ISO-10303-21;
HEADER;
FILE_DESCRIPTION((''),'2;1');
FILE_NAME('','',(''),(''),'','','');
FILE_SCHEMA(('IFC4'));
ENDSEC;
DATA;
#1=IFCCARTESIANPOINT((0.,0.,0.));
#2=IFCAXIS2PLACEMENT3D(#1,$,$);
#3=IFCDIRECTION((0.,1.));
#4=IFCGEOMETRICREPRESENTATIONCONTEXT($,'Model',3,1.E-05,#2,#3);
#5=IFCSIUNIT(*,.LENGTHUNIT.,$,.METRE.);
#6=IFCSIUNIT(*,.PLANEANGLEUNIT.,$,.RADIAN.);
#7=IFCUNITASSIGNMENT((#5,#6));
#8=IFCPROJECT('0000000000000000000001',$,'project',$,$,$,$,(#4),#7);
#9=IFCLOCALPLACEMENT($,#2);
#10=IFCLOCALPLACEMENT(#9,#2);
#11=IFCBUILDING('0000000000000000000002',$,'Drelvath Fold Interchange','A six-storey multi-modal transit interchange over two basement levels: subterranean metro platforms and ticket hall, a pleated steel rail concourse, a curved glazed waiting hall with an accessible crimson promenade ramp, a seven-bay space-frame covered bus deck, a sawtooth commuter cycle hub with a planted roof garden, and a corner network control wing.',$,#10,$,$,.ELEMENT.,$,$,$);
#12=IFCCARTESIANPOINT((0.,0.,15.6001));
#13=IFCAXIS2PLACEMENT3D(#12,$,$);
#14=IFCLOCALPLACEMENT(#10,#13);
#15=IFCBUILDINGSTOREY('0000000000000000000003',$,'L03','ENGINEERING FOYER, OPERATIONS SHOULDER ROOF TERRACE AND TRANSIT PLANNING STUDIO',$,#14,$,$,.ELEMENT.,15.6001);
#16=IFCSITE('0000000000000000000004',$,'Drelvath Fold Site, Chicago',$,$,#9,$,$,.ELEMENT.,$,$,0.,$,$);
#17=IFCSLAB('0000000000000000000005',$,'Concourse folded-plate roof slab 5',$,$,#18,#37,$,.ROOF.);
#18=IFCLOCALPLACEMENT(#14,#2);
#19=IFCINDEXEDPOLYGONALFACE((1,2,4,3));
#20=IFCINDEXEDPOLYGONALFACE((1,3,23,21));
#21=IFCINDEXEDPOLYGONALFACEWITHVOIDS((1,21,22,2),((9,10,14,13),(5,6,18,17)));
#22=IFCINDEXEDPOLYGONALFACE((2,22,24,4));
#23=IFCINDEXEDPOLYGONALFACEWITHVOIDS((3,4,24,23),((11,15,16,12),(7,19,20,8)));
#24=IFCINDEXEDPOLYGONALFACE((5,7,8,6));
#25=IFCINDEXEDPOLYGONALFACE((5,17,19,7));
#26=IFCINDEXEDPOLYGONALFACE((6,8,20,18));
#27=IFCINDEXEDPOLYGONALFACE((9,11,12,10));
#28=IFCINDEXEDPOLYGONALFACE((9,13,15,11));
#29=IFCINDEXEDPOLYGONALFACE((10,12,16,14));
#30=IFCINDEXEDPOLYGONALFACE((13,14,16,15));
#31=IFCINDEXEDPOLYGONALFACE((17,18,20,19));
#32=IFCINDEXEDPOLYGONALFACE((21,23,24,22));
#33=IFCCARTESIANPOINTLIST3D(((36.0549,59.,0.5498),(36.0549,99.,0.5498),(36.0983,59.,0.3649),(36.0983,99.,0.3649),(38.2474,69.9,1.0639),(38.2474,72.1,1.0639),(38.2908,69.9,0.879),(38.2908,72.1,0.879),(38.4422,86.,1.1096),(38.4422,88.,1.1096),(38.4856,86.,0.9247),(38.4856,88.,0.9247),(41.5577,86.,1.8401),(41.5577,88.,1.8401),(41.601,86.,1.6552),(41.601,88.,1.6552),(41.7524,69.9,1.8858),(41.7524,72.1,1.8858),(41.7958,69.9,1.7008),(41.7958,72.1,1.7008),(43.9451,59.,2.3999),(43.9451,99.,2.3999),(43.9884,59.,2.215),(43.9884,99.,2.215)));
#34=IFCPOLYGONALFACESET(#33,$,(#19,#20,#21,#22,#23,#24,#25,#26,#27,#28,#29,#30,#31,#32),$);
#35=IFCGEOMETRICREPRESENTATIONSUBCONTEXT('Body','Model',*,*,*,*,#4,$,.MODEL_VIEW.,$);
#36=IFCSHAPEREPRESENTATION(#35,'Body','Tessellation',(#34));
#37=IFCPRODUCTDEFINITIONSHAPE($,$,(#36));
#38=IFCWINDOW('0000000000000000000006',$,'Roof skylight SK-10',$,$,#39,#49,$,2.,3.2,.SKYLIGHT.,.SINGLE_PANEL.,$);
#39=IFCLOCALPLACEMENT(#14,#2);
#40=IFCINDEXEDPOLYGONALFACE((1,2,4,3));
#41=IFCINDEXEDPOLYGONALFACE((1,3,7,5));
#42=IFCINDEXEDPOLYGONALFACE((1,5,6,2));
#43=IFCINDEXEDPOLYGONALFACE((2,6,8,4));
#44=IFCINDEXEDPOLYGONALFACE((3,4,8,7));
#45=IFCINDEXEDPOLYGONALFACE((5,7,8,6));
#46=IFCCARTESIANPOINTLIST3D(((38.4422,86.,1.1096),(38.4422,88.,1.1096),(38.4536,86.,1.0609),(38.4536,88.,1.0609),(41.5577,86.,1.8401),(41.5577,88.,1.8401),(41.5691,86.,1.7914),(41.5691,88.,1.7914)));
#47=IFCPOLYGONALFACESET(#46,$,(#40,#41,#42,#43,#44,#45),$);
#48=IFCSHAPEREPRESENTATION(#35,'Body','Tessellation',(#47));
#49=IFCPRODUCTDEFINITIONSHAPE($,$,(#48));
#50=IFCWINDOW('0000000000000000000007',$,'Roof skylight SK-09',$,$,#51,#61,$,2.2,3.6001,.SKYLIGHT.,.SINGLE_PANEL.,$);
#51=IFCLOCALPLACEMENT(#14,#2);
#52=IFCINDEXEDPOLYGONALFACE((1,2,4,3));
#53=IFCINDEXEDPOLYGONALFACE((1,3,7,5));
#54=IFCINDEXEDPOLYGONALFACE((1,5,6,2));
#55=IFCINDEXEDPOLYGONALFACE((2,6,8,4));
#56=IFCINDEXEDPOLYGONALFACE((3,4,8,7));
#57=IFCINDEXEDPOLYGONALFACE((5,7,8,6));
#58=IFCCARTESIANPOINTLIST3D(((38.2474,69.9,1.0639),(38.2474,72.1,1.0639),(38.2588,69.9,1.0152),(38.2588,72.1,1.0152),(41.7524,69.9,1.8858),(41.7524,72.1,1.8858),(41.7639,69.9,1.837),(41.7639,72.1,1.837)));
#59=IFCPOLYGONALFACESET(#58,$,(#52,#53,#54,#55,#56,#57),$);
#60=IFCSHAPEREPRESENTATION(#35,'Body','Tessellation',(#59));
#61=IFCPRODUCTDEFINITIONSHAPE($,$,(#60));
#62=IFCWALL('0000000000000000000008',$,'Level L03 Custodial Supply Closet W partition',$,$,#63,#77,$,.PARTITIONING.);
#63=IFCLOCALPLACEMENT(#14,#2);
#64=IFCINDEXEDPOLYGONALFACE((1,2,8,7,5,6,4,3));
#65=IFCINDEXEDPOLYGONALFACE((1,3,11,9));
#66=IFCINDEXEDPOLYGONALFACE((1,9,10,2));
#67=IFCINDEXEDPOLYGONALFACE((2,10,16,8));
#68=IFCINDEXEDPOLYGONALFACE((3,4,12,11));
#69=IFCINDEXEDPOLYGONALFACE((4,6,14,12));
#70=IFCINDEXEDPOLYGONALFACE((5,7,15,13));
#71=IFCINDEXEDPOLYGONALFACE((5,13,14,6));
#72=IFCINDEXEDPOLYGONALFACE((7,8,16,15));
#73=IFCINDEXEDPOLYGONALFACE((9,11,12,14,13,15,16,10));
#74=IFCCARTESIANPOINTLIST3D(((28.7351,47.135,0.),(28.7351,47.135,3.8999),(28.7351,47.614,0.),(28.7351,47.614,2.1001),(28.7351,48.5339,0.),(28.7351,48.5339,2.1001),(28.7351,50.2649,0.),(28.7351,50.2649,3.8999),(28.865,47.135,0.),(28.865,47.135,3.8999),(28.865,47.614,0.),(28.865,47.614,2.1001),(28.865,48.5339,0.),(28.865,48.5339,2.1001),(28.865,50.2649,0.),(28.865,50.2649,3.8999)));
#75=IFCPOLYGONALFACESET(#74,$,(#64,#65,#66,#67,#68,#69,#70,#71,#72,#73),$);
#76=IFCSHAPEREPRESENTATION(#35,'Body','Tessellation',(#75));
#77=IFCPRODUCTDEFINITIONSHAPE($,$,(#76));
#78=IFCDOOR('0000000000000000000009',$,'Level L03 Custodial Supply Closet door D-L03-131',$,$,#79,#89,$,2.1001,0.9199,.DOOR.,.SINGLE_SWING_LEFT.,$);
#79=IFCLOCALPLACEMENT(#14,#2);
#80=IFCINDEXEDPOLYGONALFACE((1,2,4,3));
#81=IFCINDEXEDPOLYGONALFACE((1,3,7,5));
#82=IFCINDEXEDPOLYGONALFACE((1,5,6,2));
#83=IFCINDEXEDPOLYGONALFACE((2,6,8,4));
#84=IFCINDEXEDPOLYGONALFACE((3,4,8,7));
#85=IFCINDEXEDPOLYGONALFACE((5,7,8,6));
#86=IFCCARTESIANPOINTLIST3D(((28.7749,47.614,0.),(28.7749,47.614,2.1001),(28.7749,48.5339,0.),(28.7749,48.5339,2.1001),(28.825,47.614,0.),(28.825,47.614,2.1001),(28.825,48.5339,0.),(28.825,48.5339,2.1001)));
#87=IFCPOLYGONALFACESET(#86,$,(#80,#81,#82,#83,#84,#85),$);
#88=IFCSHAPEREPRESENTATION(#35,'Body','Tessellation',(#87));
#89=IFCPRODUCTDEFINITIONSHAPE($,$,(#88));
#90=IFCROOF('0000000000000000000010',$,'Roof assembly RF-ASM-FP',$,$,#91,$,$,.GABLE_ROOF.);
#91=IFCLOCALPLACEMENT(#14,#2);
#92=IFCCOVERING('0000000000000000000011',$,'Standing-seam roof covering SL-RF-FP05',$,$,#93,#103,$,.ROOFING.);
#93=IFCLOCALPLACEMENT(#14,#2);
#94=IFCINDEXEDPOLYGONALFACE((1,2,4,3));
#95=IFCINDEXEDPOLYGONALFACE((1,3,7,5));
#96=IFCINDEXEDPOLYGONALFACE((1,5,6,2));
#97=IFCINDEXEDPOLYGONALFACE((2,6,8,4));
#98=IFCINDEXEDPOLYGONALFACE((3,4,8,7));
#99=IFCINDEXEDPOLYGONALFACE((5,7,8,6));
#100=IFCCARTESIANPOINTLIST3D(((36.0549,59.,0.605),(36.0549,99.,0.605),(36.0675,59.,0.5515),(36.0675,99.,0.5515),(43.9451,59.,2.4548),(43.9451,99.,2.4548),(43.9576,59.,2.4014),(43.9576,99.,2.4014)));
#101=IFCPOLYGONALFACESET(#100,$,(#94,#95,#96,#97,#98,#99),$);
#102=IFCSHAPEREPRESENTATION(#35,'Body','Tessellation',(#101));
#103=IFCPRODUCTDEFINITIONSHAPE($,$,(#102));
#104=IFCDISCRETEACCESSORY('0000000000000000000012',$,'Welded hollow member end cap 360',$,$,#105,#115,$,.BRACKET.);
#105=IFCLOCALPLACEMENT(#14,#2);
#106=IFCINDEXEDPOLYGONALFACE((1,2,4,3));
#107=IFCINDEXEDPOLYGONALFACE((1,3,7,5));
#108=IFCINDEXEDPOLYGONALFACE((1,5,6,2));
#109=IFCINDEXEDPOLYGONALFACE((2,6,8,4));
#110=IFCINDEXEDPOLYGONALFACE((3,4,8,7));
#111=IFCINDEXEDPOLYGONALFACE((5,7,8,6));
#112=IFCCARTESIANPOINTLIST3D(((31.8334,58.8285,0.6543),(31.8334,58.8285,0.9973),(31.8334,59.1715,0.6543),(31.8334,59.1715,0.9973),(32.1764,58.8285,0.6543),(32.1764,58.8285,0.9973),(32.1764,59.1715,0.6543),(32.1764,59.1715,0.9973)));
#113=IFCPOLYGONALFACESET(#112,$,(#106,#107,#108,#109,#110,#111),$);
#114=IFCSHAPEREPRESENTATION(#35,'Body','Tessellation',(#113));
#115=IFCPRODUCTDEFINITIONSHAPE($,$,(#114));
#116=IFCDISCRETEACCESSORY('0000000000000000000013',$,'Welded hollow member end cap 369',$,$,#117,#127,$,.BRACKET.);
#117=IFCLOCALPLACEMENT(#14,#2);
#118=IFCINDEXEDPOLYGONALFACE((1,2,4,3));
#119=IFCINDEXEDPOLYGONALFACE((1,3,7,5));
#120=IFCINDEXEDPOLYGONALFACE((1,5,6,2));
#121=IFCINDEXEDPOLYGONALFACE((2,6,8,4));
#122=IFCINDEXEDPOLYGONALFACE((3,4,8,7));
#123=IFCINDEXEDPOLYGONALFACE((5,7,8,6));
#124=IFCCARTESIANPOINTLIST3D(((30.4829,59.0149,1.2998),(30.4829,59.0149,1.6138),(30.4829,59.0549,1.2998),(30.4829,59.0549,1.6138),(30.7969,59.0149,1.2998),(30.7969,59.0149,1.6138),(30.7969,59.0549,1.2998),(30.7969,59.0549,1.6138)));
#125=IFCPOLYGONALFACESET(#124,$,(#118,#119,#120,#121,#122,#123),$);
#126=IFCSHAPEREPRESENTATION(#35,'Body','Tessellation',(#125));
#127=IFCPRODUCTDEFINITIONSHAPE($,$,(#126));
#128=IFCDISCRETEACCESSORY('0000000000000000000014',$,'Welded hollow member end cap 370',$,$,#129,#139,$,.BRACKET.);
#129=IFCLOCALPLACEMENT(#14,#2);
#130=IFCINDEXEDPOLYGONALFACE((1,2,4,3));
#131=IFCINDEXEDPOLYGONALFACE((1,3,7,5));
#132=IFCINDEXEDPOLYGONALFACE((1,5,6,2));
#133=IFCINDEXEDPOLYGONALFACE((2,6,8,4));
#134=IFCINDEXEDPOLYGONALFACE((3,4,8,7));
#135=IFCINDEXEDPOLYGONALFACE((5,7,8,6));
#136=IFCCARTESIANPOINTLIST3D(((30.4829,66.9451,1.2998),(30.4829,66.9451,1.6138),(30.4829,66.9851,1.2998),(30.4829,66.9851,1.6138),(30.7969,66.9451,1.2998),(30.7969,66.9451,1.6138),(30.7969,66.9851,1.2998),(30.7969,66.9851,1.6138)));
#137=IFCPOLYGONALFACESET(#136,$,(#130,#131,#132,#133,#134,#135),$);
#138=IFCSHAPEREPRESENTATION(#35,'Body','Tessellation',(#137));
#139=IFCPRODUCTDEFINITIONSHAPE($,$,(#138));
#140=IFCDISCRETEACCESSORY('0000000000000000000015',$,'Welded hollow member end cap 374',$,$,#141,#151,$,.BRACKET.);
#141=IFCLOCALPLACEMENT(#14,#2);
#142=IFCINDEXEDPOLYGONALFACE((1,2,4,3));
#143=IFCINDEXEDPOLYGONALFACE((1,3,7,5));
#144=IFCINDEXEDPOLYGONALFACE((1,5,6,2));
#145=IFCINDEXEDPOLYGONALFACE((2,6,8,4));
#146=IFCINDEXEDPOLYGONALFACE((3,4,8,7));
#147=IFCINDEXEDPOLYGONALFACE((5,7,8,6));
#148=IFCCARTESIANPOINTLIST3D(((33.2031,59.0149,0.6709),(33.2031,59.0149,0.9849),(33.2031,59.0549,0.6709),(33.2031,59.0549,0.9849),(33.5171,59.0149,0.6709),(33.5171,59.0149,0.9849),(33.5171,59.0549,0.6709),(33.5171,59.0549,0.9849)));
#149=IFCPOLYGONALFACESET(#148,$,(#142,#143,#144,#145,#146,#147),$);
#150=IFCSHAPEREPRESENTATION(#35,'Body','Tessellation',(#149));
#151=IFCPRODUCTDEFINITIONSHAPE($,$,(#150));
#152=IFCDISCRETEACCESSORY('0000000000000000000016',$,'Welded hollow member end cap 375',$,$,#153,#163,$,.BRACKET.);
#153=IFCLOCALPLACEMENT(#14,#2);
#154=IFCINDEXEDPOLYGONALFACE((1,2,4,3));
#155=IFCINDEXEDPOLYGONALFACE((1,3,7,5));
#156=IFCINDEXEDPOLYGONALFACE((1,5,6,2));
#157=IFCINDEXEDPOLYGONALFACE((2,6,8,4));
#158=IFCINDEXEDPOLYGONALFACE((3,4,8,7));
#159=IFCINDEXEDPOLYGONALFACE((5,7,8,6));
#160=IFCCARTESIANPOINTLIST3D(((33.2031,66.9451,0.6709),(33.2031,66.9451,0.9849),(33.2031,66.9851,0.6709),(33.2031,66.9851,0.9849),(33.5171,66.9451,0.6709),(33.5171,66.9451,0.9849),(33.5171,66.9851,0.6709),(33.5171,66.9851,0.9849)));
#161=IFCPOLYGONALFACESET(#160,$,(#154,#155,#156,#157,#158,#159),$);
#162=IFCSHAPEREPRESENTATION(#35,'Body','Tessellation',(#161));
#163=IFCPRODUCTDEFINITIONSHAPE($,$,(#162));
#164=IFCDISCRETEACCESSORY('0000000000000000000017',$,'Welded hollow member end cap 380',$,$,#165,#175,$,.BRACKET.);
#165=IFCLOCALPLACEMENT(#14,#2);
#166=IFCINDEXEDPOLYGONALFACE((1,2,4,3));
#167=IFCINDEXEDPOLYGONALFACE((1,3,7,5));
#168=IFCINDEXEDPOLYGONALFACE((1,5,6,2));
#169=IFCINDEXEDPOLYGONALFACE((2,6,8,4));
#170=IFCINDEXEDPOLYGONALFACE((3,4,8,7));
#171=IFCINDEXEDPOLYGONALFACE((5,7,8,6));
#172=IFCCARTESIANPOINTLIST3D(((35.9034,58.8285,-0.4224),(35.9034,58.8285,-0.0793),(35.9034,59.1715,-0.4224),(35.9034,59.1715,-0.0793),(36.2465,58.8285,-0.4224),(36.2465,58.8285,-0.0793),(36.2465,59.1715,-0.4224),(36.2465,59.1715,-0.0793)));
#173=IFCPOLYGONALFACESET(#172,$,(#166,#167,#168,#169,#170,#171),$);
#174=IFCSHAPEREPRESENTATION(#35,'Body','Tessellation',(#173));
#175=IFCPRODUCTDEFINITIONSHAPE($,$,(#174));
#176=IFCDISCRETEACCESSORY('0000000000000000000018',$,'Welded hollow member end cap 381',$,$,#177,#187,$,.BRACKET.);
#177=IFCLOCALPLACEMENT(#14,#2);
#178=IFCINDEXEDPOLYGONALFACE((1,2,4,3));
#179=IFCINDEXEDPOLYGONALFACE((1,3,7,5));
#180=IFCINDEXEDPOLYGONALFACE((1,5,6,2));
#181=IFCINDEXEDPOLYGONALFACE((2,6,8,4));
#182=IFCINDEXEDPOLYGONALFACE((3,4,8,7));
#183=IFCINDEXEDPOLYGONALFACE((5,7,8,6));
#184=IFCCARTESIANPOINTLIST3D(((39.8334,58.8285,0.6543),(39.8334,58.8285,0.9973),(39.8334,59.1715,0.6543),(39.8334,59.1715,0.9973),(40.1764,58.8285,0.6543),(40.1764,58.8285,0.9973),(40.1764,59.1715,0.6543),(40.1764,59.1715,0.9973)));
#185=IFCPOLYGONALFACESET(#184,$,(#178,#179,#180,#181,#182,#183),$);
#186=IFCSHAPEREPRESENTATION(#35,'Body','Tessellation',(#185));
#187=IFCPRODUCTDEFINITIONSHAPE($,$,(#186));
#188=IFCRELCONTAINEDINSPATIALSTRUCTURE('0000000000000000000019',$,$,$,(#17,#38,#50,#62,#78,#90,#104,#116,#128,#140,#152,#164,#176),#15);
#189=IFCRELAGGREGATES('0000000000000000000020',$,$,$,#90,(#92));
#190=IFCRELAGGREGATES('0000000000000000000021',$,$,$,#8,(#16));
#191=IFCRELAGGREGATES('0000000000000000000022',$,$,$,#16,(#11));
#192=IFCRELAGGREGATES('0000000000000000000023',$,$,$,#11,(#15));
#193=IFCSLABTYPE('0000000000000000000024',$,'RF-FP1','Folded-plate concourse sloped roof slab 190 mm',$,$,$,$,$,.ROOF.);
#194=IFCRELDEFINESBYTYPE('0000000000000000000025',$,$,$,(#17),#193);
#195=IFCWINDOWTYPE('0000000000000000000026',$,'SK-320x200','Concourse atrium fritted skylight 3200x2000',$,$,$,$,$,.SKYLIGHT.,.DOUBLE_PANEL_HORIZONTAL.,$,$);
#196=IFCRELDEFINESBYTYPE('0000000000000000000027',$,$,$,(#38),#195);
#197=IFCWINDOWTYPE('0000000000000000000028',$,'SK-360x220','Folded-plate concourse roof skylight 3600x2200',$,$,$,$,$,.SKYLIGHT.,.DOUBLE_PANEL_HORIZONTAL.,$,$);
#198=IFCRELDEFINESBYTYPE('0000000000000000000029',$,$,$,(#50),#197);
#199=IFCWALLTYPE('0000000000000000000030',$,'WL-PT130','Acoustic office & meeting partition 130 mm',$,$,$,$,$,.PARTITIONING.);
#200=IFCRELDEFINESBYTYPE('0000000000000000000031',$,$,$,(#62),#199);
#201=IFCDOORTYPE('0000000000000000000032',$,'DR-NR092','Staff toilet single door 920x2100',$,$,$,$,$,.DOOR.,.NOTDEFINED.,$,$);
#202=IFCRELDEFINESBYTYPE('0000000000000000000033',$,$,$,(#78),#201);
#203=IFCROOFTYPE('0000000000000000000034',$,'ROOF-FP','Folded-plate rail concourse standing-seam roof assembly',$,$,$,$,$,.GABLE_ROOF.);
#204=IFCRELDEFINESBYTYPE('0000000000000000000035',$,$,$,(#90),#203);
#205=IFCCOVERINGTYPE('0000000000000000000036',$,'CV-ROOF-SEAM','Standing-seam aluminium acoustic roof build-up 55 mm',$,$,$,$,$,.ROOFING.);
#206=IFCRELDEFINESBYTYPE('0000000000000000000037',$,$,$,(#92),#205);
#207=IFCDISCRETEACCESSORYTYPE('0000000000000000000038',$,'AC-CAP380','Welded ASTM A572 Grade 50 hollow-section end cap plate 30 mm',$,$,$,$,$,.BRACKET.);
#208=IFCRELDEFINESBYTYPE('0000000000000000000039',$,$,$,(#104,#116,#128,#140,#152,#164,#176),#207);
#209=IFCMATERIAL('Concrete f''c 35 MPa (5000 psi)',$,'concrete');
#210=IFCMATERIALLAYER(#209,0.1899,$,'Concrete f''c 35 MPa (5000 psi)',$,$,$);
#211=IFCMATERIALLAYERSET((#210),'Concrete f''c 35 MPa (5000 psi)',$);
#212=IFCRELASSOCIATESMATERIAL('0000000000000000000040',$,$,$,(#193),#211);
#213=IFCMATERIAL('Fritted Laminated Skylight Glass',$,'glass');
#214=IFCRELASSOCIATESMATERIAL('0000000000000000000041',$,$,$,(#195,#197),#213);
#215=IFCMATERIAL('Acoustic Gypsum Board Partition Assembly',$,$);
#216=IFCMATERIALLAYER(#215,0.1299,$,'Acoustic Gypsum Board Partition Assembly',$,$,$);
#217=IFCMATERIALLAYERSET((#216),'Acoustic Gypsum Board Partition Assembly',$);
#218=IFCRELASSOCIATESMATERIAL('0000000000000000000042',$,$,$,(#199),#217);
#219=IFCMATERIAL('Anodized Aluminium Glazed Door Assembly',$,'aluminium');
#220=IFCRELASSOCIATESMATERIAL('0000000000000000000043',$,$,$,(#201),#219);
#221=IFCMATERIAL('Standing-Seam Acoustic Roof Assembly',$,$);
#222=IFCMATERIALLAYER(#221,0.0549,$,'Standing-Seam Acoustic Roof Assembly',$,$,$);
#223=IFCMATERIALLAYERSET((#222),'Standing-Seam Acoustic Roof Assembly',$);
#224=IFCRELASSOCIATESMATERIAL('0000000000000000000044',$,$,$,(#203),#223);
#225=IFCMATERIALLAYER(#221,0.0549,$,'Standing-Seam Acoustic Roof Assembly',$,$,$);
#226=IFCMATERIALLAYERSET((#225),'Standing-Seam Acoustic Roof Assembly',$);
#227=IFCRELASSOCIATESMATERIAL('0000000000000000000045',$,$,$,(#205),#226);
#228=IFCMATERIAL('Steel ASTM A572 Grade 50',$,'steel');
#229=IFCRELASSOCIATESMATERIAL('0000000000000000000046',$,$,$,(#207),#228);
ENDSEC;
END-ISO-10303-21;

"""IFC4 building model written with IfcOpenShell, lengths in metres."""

from ifc_helpers import new_model, si_unit, direction, frame, frame_2d, origin, origin_2d, place, context, subcontext, project, spatial, polyline, rectangle, outline, extrude, material, layer, layer_set, type_object, element, fill, aggregate, save


model = new_model("IFC4")

# Units and contexts
model_context = context("Model", 3, precision=1e-05, world=origin(), true_north=direction((0.0, 1.0)))
body_context = subcontext(model_context, "Body", "Model", "MODEL_VIEW")
ifc_project = project(units=[si_unit("LENGTHUNIT", "METRE"), si_unit("PLANEANGLEUNIT", "RADIAN")], contexts=[model_context])

# Site, building, storey
site_placement = place(None, origin())
site = spatial("IfcSite", under=ifc_project, at=site_placement, Name="Drelvath Fold Site, Chicago", CompositionType="ELEMENT", RefElevation=0.0)
building_placement = place(site_placement, origin())
building = spatial("IfcBuilding", under=site, at=building_placement, Name="Drelvath Fold Interchange", Description="A six-storey multi-modal transit interchange over two basement levels: subterranean metro platforms and ticket hall, a pleated steel rail concourse, a curved glazed waiting hall with an accessible crimson promenade ramp, a seven-bay space-frame covered bus deck, a sawtooth commuter cycle hub with a planted roof garden, and a corner network control wing.", CompositionType="ELEMENT")
storey_placement = place(building_placement, frame((0.0, 0.0, 15.6001)))
storey = spatial("IfcBuildingStorey", under=building, at=storey_placement, Name="L03", Description="ENGINEERING FOYER, OPERATIONS SHOULDER ROOF TERRACE AND TRANSIT PLANNING STUDIO", CompositionType="ELEMENT", Elevation=15.6001)

# Slab, openings, windows
ifc_material_1 = material(Name="Concrete f'c 35 MPa (5000 psi)", Category="concrete")
ifc_layer_1 = layer(ifc_material_1, 0.1899, Name="Concrete f'c 35 MPa (5000 psi)")
ifc_layer_set_1 = layer_set([ifc_layer_1], Name="Concrete f'c 35 MPa (5000 psi)")
slab_type = type_object("IfcSlabType", Name="RF-FP1", Description="Folded-plate concourse sloped roof slab 190 mm", PredefinedType="ROOF", material=ifc_layer_set_1)
slab_placement = place(storey_placement, frame((36.0549, 59.0, 0.5498), z_axis=(-0.22829, 0.0, 0.973593), x_axis=(0.973593, 0.0, 0.22829)))
slab = element("IfcSlab", 1, at=slab_placement, inside=storey, type_object=slab_type, Name="Concourse folded-plate roof slab 5", PredefinedType="ROOF", context=body_context, shape_type="SweptSolid", body=[
    extrude(outline(polyline([(0.0, 0.0), (8.1041, 0.0), (8.1041, 40.0), (0.0, 40.0), (0.0, 0.0)])), origin(), (0.0, 0.0, -1.0), 0.1899),
])
opening_1_placement = place(slab_placement, frame((4.052, 12.0, 0.01)))
opening_1 = element("IfcOpeningElement", 2, at=opening_1_placement, cuts=slab, PredefinedType="OPENING", context=body_context, shape_type="SweptSolid", body=[
    extrude(rectangle(XDim=3.6001, YDim=2.2, at=origin_2d()), origin(), (0.0, 0.0, -1.0), 0.21),
])
opening_2_placement = place(slab_placement, frame((4.052, 28.0, 0.01)))
opening_2 = element("IfcOpeningElement", 3, at=opening_2_placement, cuts=slab, PredefinedType="OPENING", context=body_context, shape_type="SweptSolid", body=[
    extrude(rectangle(XDim=3.2, YDim=2.0, at=origin_2d()), origin(), (0.0, 0.0, -1.0), 0.21),
])
ifc_material_2 = material(Name="Fritted Laminated Skylight Glass", Category="glass")
window_type_1 = type_object("IfcWindowType", Name="SK-320x200", Description="Concourse atrium fritted skylight 3200x2000", PartitioningType="DOUBLE_PANEL_HORIZONTAL", PredefinedType="SKYLIGHT", material=ifc_material_2)
window_1_placement = place(slab_placement, frame((4.052, 28.0, 0.0)))
window_1 = element("IfcWindow", 4, at=window_1_placement, inside=storey, type_object=window_type_1, Name="Roof skylight SK-10", OverallHeight=2.0, OverallWidth=3.2, PartitioningType="SINGLE_PANEL", PredefinedType="SKYLIGHT", context=body_context, shape_type="SweptSolid", body=[
    extrude(rectangle(XDim=3.2, YDim=2.0, at=origin_2d()), origin(), (0.0, 0.0, -1.0), 0.05),
])
fill(opening_2, window_1)
window_type_2 = type_object("IfcWindowType", Name="SK-360x220", Description="Folded-plate concourse roof skylight 3600x2200", PartitioningType="DOUBLE_PANEL_HORIZONTAL", PredefinedType="SKYLIGHT", material=ifc_material_2)
window_2_placement = place(slab_placement, frame((4.052, 12.0, 0.0)))
window_2 = element("IfcWindow", 5, at=window_2_placement, inside=storey, type_object=window_type_2, Name="Roof skylight SK-09", OverallHeight=2.2, OverallWidth=3.6001, PartitioningType="SINGLE_PANEL", PredefinedType="SKYLIGHT", context=body_context, shape_type="SweptSolid", body=[
    extrude(rectangle(XDim=3.6001, YDim=2.2, at=origin_2d()), origin(), (0.0, 0.0, -1.0), 0.05),
])
fill(opening_1, window_2)

# Wall, opening, door
ifc_material_3 = material(Name="Acoustic Gypsum Board Partition Assembly")
ifc_layer_2 = layer(ifc_material_3, 0.1299, Name="Acoustic Gypsum Board Partition Assembly")
ifc_layer_set_2 = layer_set([ifc_layer_2], Name="Acoustic Gypsum Board Partition Assembly")
wall_type = type_object("IfcWallType", Name="WL-PT130", Description="Acoustic office & meeting partition 130 mm", PredefinedType="PARTITIONING", material=ifc_layer_set_2)
wall_placement = place(storey_placement, frame((28.8, 50.2649, 0.0), z_axis=(0.0, 0.0, 1.0), x_axis=(0.0, -1.0, 0.0)))
wall = element("IfcWall", 6, at=wall_placement, inside=storey, type_object=wall_type, Name="Level L03 Custodial Supply Closet W partition", PredefinedType="PARTITIONING", context=body_context, shape_type="SweptSolid", body=[
    extrude(rectangle(XDim=3.1299, YDim=0.1299, at=frame_2d((1.5649, 0.0))), origin(), (0.0, 0.0, 1.0), 3.8999),
])
opening_3_placement = place(wall_placement, frame((1.731, 0.0, 0.0)))
opening_3 = element("IfcOpeningElement", 7, at=opening_3_placement, cuts=wall, PredefinedType="OPENING", context=body_context, shape_type="SweptSolid", body=[
    extrude(rectangle(XDim=0.9199, YDim=2.1001, at=frame_2d((0.46, 1.05))), frame((0.0, 0.075, 0.0), z_axis=(0.0, -1.0, 0.0), x_axis=(1.0, 0.0, 0.0)), (0.0, 0.0, 1.0), 0.1499),
])
ifc_material_4 = material(Name="Anodized Aluminium Glazed Door Assembly", Category="aluminium")
door_type = type_object("IfcDoorType", Name="DR-NR092", Description="Staff toilet single door 920x2100", OperationType="NOTDEFINED", PredefinedType="DOOR", material=ifc_material_4)
door_placement = place(opening_3_placement, origin())
door = element("IfcDoor", 8, at=door_placement, inside=storey, type_object=door_type, Name="Level L03 Custodial Supply Closet door D-L03-131", OperationType="SINGLE_SWING_LEFT", OverallHeight=2.1001, OverallWidth=0.9199, PredefinedType="DOOR", context=body_context, shape_type="SweptSolid", body=[
    extrude(rectangle(XDim=0.9199, YDim=2.1001, at=frame_2d((0.46, 1.05))), frame((0.0, 0.0249, 0.0), z_axis=(0.0, -1.0, 0.0), x_axis=(1.0, 0.0, 0.0)), (0.0, 0.0, 1.0), 0.05),
])
fill(opening_3, door)

# Roof, covering
ifc_material_5 = material(Name="Standing-Seam Acoustic Roof Assembly")
ifc_layer_3 = layer(ifc_material_5, 0.0549, Name="Standing-Seam Acoustic Roof Assembly")
ifc_layer_set_3 = layer_set([ifc_layer_3], Name="Standing-Seam Acoustic Roof Assembly")
roof_type = type_object("IfcRoofType", Name="ROOF-FP", Description="Folded-plate rail concourse standing-seam roof assembly", PredefinedType="GABLE_ROOF", material=ifc_layer_set_3)
roof_placement = place(storey_placement, origin())
roof = element("IfcRoof", 9, at=roof_placement, inside=storey, type_object=roof_type, Name="Roof assembly RF-ASM-FP", PredefinedType="GABLE_ROOF")
ifc_layer_4 = layer(ifc_material_5, 0.0549, Name="Standing-Seam Acoustic Roof Assembly")
ifc_layer_set_4 = layer_set([ifc_layer_4], Name="Standing-Seam Acoustic Roof Assembly")
covering_type = type_object("IfcCoveringType", Name="CV-ROOF-SEAM", Description="Standing-seam aluminium acoustic roof build-up 55 mm", PredefinedType="ROOFING", material=ifc_layer_set_4)
covering_placement = place(storey_placement, frame((36.0549, 59.0, 0.605), z_axis=(-0.228262, 0.0, 0.9736), x_axis=(0.9736, 0.0, 0.228262)))
covering = element("IfcCovering", 10, at=covering_placement, type_object=covering_type, Name="Standing-seam roof covering SL-RF-FP05", PredefinedType="ROOFING", context=body_context, shape_type="SweptSolid", body=[
    extrude(outline(polyline([(0.0, 0.0), (8.1041, 0.0), (8.1041, 40.0), (0.0, 40.0), (0.0, 0.0)])), origin(), (0.0, 0.0, -1.0), 0.0549),
])
aggregate(roof, [covering])

# Discrete accessories
ifc_material_6 = material(Name="Steel ASTM A572 Grade 50", Category="steel")
discrete_accessory_type = type_object("IfcDiscreteAccessoryType", Name="AC-CAP380", Description="Welded ASTM A572 Grade 50 hollow-section end cap plate 30 mm", PredefinedType="BRACKET", material=ifc_material_6)
discrete_accessory_placement = place(storey_placement, frame((32.0049, 59.0, 0.6543), z_axis=(0.0, 0.0, 1.0), x_axis=(1.0, 0.0, 0.0)))
element("IfcDiscreteAccessory", 11, at=discrete_accessory_placement, inside=storey, type_object=discrete_accessory_type, Name="Welded hollow member end cap 360", PredefinedType="BRACKET", context=body_context, shape_type="SweptSolid", body=[
    extrude(rectangle(XDim=0.343, YDim=0.343, at=origin_2d()), origin(), (0.0, 0.0, 1.0), 0.343),
])
for number, where, z_axis, x_axis, name in (
    (12, (30.6399, 59.0349, 1.2998), (0.0, 0.0, 1.0), (1.0, 0.0, 0.0), "Welded hollow member end cap 369"),
    (13, (30.6399, 66.9651, 1.2998), (0.0, 0.0, 1.0), (1.0, 0.0, 0.0), "Welded hollow member end cap 370"),
    (14, (33.3601, 59.0349, 0.6709), (0.0, 0.0, 1.0), (1.0, 0.0, 0.0), "Welded hollow member end cap 374"),
    (15, (33.3601, 66.9651, 0.6709), (0.0, 0.0, 1.0), (1.0, 0.0, 0.0), "Welded hollow member end cap 375"),
):
    element("IfcDiscreteAccessory", number, at=place(storey_placement, frame(where, z_axis=z_axis, x_axis=x_axis)), inside=storey, type_object=discrete_accessory_type, Name=name, PredefinedType="BRACKET", context=body_context, shape_type="SweptSolid", body=[
        extrude(rectangle(XDim=0.314, YDim=0.04, at=origin_2d()), origin(), (0.0, 0.0, 1.0), 0.314),
    ])
for number, where, z_axis, x_axis, name in (
    (16, (36.075, 59.0, -0.4224), (0.0, 0.0, 1.0), (1.0, 0.0, 0.0), "Welded hollow member end cap 380"),
    (17, (40.0049, 59.0, 0.6543), (0.0, 0.0, 1.0), (1.0, 0.0, 0.0), "Welded hollow member end cap 381"),
):
    element("IfcDiscreteAccessory", number, at=place(storey_placement, frame(where, z_axis=z_axis, x_axis=x_axis)), inside=storey, type_object=discrete_accessory_type, Name=name, PredefinedType="BRACKET", context=body_context, shape_type="SweptSolid", body=[
        extrude(rectangle(XDim=0.343, YDim=0.343, at=origin_2d()), origin(), (0.0, 0.0, 1.0), 0.343),
    ])

save(model, "model.ifc")
